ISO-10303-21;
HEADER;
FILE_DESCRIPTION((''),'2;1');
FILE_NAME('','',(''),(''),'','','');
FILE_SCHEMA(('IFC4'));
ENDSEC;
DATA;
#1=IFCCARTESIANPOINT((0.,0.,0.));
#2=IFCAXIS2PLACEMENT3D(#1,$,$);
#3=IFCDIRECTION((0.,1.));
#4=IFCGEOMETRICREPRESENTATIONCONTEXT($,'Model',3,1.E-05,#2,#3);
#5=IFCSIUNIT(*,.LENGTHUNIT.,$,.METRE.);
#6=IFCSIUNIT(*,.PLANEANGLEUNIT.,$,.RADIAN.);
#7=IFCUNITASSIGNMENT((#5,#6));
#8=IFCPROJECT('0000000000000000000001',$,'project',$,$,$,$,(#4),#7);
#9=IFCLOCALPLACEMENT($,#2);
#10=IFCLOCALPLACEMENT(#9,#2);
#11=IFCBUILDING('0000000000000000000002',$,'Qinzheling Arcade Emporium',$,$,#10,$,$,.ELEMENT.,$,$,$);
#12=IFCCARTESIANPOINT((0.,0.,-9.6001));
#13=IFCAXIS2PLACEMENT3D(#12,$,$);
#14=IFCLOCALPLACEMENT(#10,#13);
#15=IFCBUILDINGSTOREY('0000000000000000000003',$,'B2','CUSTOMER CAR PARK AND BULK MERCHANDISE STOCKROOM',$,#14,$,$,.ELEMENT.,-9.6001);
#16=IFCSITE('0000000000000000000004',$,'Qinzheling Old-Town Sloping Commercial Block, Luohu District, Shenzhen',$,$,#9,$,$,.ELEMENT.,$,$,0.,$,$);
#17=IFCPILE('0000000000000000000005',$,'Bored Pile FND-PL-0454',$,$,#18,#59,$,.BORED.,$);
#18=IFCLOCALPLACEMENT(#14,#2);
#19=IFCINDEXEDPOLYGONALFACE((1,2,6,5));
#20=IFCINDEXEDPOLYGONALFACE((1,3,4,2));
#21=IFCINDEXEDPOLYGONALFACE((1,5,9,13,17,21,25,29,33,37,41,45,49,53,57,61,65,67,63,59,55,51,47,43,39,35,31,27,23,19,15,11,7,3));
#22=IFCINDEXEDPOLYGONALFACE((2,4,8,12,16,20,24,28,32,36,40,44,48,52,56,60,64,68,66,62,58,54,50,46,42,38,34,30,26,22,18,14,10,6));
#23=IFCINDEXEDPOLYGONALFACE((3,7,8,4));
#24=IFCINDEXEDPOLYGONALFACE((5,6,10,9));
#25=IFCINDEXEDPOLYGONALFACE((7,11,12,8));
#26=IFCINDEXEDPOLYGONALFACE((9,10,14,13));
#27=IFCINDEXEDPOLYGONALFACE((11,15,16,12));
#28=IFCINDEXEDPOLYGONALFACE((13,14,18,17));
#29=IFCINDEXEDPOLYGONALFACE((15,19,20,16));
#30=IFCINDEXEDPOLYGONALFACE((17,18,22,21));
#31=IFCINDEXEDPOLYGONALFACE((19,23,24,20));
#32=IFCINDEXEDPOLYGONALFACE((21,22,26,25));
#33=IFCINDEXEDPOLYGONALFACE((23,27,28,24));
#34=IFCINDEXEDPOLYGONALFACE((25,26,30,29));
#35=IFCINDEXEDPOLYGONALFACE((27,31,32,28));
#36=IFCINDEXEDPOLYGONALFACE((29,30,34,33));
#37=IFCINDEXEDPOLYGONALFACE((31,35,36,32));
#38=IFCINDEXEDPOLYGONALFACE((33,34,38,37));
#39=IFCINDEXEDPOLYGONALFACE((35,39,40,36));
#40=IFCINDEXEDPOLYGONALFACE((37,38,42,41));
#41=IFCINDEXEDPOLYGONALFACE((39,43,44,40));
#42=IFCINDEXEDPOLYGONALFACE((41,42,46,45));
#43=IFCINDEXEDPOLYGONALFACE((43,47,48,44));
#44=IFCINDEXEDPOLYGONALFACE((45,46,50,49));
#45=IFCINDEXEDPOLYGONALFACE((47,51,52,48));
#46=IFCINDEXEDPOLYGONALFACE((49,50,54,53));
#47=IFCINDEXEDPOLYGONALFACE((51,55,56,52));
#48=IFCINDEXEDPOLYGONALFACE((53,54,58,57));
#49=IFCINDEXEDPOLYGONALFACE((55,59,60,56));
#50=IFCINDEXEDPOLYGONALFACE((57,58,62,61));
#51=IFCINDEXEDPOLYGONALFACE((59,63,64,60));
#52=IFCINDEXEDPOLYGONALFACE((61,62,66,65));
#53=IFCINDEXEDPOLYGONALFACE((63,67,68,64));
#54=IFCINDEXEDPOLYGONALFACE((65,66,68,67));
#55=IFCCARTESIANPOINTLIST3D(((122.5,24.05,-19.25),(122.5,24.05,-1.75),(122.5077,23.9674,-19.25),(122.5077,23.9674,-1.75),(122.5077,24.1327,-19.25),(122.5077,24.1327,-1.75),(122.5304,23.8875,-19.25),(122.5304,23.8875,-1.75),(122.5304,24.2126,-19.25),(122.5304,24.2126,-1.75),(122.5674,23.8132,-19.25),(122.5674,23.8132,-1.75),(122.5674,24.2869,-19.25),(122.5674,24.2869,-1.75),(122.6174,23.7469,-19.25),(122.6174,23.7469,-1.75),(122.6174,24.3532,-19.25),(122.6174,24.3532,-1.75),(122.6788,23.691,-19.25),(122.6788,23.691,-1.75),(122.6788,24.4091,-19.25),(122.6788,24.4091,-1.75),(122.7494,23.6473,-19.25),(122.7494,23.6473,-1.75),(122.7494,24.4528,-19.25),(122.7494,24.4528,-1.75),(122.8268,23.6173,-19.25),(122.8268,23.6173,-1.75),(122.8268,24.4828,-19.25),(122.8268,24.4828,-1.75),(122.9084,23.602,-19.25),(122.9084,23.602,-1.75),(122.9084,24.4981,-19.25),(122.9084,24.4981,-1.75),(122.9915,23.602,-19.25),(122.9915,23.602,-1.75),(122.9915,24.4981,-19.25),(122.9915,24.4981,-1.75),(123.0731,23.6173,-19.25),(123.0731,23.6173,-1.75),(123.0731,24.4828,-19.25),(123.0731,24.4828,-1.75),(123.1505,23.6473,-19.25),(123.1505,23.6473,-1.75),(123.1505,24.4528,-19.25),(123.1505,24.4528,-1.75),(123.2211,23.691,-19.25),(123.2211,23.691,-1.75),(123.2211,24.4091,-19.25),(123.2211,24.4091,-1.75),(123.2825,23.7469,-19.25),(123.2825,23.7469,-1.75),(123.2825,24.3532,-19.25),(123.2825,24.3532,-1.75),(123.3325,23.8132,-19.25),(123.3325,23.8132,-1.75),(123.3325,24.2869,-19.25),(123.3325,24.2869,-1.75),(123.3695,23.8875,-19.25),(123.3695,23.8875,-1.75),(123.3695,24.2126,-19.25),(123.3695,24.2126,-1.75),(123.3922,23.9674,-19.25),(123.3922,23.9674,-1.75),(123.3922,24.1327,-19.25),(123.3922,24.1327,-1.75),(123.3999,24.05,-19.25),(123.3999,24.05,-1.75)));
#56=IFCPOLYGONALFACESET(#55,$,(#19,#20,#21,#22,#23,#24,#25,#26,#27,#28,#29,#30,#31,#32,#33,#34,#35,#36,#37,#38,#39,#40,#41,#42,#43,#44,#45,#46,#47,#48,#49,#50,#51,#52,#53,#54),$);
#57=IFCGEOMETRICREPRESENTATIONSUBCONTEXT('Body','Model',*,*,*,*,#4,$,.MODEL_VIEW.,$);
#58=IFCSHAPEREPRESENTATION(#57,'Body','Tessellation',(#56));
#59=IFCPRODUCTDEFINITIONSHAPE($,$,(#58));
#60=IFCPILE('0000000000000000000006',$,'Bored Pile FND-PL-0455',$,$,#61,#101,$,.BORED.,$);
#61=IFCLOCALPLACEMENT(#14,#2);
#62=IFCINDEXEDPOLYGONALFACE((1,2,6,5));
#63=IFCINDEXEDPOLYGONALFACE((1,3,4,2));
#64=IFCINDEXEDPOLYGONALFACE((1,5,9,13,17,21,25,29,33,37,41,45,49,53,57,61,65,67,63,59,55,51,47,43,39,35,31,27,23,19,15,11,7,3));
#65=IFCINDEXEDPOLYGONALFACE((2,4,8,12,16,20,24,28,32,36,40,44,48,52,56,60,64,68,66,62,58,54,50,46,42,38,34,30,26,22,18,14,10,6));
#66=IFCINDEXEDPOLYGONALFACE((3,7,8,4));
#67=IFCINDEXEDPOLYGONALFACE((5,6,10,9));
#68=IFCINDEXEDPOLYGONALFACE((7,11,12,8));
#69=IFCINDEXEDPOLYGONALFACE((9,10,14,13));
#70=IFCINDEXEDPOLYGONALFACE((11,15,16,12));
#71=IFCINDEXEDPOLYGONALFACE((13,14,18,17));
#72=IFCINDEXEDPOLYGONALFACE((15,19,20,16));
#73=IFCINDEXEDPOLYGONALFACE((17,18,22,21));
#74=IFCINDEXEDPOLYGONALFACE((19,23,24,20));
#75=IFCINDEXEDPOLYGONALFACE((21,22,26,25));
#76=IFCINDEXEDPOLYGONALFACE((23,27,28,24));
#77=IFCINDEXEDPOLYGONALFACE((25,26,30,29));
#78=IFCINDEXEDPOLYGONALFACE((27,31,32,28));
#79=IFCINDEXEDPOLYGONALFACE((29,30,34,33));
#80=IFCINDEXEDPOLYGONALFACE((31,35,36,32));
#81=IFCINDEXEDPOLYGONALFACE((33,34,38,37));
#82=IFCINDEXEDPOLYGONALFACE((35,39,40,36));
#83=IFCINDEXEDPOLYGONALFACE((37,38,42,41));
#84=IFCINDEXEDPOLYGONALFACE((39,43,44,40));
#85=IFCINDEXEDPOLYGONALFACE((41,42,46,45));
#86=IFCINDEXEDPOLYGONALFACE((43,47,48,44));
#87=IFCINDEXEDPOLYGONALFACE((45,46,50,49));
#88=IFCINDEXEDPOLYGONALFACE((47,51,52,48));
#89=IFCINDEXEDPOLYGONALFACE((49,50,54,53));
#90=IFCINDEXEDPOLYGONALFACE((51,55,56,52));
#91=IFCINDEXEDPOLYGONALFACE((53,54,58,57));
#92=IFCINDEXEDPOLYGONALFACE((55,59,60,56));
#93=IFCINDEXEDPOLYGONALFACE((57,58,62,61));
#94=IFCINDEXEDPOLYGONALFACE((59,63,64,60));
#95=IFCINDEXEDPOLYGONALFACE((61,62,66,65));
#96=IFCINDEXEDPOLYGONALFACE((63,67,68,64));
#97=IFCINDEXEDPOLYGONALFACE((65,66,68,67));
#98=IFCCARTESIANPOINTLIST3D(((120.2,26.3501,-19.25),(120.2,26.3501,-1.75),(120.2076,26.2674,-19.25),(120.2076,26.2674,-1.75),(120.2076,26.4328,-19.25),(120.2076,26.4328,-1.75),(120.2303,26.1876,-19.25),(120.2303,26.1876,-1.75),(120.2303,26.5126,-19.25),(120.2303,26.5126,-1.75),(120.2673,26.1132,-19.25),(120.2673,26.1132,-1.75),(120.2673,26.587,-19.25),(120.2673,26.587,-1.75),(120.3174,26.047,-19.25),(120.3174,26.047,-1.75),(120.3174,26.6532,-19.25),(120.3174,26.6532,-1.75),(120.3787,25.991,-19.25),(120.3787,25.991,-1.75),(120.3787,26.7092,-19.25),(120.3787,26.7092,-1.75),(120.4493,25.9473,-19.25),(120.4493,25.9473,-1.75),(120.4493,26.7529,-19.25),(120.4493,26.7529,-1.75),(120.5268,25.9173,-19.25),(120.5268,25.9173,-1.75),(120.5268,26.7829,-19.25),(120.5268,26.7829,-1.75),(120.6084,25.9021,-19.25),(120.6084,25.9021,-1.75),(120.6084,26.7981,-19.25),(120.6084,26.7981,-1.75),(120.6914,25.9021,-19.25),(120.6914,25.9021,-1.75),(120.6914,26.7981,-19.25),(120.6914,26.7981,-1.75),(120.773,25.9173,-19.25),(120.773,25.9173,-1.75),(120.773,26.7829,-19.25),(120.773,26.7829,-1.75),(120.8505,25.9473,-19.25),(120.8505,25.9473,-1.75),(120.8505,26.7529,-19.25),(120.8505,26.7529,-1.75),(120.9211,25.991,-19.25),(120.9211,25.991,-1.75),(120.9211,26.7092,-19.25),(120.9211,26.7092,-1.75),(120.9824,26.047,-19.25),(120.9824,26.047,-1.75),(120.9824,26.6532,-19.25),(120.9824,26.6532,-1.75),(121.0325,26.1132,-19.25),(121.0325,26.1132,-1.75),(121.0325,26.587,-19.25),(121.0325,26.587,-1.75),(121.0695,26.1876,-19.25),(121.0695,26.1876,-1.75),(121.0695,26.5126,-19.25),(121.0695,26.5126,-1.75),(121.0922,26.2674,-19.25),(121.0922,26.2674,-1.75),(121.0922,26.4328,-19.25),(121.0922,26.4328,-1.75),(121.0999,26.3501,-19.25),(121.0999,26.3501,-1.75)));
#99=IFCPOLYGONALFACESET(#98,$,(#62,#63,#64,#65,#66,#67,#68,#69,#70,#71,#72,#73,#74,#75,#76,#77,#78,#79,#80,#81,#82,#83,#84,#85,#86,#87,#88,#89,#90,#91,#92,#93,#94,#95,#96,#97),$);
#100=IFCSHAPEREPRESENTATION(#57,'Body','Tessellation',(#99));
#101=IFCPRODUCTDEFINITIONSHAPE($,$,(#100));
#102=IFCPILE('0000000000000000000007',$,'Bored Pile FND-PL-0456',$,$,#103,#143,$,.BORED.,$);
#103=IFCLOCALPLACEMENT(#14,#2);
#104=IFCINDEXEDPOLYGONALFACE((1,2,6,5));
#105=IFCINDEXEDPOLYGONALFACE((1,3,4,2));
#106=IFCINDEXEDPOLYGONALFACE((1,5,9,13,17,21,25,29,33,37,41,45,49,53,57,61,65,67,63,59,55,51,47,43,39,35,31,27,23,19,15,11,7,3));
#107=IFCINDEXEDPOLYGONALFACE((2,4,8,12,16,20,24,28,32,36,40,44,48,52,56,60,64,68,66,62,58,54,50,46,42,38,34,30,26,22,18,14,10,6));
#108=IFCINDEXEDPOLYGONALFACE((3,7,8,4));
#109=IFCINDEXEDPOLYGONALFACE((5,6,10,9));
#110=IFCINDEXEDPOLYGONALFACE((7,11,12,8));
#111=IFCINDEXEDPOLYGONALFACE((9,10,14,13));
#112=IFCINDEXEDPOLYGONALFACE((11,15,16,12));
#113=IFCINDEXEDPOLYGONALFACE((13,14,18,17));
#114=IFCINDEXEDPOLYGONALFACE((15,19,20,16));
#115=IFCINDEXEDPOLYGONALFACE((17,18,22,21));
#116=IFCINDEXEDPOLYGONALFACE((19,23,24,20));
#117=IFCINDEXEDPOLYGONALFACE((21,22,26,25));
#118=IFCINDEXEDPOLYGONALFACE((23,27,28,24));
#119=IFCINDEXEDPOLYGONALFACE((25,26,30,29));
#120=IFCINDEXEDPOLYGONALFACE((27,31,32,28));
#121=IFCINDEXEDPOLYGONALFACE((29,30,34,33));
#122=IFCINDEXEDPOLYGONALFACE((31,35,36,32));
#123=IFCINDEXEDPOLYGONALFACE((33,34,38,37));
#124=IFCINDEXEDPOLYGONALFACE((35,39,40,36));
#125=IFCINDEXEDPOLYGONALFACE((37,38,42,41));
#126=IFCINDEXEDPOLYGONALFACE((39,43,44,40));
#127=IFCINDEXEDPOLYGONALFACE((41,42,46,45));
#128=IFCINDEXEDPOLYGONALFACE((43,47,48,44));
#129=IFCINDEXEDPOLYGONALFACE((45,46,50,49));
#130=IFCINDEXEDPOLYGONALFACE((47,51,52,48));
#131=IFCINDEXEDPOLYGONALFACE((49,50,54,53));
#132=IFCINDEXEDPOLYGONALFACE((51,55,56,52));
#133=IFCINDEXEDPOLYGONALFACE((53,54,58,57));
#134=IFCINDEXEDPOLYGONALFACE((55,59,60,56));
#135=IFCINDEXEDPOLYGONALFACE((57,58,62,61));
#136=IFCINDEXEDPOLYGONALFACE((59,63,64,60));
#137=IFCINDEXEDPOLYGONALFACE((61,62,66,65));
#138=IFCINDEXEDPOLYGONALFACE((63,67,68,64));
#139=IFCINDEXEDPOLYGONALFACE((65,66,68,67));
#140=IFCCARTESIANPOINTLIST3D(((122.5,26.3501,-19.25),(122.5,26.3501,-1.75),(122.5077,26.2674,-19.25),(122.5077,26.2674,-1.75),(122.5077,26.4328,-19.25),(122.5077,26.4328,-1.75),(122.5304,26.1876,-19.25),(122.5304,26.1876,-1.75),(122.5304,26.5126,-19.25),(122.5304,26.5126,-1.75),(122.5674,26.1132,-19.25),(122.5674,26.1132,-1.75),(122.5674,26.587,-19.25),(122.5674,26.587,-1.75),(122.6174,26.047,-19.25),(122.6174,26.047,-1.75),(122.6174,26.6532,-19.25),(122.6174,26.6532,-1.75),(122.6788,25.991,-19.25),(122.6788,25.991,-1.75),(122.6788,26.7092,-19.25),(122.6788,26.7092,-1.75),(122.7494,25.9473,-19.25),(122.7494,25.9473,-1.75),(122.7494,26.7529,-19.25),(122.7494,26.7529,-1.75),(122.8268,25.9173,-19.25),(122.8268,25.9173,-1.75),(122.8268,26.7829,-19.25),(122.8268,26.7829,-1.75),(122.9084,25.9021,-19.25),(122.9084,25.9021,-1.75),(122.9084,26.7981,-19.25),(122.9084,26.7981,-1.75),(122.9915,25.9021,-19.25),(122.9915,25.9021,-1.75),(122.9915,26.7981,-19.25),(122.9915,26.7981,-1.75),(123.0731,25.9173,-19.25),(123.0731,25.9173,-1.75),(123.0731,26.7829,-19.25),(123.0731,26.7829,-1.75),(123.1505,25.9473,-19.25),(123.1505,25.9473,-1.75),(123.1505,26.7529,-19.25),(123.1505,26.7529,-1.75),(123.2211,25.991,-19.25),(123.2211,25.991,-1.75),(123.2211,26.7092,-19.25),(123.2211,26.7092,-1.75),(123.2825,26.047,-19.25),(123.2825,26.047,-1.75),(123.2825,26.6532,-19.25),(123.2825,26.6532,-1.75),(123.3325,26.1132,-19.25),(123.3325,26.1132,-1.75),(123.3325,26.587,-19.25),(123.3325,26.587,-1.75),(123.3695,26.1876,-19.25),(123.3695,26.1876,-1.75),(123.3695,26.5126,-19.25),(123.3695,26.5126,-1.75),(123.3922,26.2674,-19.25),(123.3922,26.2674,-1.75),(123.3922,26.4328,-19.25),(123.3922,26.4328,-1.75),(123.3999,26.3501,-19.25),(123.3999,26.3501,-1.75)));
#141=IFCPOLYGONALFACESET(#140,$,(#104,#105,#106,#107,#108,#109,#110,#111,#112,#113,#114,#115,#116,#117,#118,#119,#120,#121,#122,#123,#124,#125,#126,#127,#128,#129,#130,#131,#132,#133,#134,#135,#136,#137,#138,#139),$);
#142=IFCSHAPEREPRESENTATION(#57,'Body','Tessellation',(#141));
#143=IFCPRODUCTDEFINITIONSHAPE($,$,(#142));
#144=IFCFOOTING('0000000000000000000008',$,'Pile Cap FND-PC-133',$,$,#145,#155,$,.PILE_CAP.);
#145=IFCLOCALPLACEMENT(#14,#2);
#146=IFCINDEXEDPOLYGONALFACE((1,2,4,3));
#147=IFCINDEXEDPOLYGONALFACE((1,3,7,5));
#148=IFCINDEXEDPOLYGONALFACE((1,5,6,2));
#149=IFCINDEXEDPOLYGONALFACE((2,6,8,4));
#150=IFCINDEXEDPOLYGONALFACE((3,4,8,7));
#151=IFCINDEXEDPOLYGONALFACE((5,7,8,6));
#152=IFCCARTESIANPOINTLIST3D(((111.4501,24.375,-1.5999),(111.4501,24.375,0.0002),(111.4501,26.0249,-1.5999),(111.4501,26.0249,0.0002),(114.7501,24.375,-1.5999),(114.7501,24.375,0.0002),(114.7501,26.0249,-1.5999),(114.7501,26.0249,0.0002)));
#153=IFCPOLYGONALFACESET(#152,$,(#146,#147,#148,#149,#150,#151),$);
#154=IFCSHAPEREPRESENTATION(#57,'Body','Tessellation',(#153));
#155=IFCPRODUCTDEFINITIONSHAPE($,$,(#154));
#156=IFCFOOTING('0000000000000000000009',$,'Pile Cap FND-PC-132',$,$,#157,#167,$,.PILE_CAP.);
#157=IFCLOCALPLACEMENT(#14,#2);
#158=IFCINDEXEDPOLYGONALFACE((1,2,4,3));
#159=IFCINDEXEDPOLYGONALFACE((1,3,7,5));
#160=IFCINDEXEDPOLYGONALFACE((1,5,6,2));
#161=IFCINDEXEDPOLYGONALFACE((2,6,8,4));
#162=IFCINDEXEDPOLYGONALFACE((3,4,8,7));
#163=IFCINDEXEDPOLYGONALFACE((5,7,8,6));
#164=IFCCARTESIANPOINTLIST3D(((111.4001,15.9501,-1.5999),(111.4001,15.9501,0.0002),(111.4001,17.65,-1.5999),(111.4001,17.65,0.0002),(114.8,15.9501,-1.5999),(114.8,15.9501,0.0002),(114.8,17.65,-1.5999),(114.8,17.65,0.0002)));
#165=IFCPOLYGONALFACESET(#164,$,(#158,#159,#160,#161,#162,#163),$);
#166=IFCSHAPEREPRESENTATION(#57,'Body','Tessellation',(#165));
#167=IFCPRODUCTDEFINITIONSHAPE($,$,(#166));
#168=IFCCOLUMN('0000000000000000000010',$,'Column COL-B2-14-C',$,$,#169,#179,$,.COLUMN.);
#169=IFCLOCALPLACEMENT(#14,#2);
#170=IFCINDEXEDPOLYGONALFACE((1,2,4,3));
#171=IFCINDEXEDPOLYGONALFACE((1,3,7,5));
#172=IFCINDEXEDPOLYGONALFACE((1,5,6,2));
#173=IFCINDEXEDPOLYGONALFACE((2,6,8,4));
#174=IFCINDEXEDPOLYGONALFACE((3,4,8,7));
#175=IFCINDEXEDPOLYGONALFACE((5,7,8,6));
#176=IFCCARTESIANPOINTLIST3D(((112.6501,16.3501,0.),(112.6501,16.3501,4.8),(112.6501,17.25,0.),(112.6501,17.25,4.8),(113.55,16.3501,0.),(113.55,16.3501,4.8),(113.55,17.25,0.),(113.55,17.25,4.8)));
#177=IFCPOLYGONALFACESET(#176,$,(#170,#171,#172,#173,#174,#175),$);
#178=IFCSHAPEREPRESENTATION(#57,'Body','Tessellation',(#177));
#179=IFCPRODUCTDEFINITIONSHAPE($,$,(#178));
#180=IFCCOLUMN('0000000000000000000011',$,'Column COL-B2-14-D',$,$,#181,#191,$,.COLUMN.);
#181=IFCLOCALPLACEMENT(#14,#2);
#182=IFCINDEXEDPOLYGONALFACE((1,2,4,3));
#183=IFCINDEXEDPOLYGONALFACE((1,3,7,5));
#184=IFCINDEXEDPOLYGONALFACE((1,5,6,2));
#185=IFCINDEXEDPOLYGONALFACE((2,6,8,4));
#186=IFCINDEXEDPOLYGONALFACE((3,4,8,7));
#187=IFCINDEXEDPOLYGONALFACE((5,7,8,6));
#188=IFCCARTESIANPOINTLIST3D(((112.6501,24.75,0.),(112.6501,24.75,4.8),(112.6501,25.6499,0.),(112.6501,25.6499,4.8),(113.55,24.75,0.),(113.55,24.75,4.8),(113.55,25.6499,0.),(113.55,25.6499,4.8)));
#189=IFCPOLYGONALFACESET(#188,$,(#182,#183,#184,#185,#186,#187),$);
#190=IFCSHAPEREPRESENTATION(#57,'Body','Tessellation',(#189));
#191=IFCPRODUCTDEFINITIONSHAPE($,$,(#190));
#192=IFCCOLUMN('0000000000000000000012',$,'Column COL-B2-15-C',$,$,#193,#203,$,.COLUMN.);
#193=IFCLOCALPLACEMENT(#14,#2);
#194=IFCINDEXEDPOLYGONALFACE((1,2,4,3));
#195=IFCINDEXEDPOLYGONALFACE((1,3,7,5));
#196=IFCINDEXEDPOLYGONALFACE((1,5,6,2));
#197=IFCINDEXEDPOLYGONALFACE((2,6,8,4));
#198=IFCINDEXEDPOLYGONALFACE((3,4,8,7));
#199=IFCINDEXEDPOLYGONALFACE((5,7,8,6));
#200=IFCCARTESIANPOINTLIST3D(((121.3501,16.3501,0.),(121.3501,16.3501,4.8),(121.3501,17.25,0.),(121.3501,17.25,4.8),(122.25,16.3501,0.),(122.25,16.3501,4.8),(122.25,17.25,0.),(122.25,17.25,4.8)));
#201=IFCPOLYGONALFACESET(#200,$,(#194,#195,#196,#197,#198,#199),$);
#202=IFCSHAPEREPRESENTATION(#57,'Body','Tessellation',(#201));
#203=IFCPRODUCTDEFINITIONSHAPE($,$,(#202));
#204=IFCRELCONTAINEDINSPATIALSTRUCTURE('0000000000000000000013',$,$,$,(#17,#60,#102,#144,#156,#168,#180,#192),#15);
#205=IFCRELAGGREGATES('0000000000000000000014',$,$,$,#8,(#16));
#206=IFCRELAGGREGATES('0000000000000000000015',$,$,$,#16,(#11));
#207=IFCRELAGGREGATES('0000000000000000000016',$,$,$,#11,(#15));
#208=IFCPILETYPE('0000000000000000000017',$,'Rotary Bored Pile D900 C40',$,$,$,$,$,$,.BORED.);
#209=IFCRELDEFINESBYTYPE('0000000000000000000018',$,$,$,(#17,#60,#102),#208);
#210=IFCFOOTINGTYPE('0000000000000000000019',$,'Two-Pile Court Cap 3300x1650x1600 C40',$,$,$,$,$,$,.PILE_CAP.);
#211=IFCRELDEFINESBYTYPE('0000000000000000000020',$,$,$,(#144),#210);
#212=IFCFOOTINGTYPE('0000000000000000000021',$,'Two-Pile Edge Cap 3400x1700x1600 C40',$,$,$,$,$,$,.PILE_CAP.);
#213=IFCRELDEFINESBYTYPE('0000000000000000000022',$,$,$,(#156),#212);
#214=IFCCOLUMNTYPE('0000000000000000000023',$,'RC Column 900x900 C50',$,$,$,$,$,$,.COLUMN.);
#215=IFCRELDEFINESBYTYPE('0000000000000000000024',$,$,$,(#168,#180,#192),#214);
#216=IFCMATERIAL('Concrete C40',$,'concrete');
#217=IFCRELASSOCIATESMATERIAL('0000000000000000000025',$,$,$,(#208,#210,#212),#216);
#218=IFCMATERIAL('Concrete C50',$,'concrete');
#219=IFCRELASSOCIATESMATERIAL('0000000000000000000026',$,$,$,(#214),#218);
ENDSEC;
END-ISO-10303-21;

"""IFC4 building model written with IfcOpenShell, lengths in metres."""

from ifc_helpers import new_model, si_unit, direction, frame, origin, origin_2d, place, context, subcontext, project, spatial, rectangle, circle, extrude, material, material_profile, profile_set, type_object, element, save


model = new_model("IFC4")

# Units and contexts
model_context = context("Model", 3, precision=1e-05, world=origin(), true_north=direction((0.0, 1.0)))
body_context = subcontext(model_context, "Body", "Model", "MODEL_VIEW")
ifc_project = project(units=[si_unit("LENGTHUNIT", "METRE"), si_unit("PLANEANGLEUNIT", "RADIAN")], contexts=[model_context])

# Site, building, storey
site_placement = place(None, origin())
site = spatial("IfcSite", under=ifc_project, at=site_placement, Name="Qinzheling Old-Town Sloping Commercial Block, Luohu District, Shenzhen", CompositionType="ELEMENT", RefElevation=0.0)
building_placement = place(site_placement, origin())
building = spatial("IfcBuilding", under=site, at=building_placement, Name="Qinzheling Arcade Emporium", CompositionType="ELEMENT")
storey_placement = place(building_placement, frame((0.0, 0.0, -9.6001)))
storey = spatial("IfcBuildingStorey", under=building, at=storey_placement, Name="B2", Description="CUSTOMER CAR PARK AND BULK MERCHANDISE STOCKROOM", CompositionType="ELEMENT", Elevation=-9.6001)

# Shared definitions
ifc_material_1 = material(Name="Concrete C40", Category="concrete")

# Piles
ifc_material_profile_1 = material_profile(ifc_material_1, circle(Radius=0.45, at=origin_2d()), Name="BORED D900", Category="concrete")
ifc_profile_set_1 = profile_set([ifc_material_profile_1], Name="Concrete C40")
pile_type_1 = type_object("IfcPileType", Name="Rotary Bored Pile D900 C40", PredefinedType="BORED", material=ifc_profile_set_1)
for number, where, z_axis, x_axis, name in (
    (1, (122.95, 24.05, -1.75), (0.0, 0.0, -1.0), (1.0, 0.0, 0.0), "Bored Pile FND-PL-0454"),
    (2, (120.6499, 26.3501, -1.75), (0.0, 0.0, -1.0), (1.0, 0.0, 0.0), "Bored Pile FND-PL-0455"),
    (3, (122.95, 26.3501, -1.75), (0.0, 0.0, -1.0), (1.0, 0.0, 0.0), "Bored Pile FND-PL-0456"),
):
    element("IfcPile", number, at=place(storey_placement, frame(where, z_axis=z_axis, x_axis=x_axis)), inside=storey, type_object=pile_type_1, Name=name, PredefinedType="BORED", context=body_context, shape_type="SweptSolid", body=[
        extrude(circle(Radius=0.45, at=origin_2d()), origin(), (0.0, 0.0, 1.0), 17.5),
    ])

# Footings
footing_type_1 = type_object("IfcFootingType", Name="Two-Pile Court Cap 3300x1650x1600 C40", PredefinedType="PILE_CAP", material=ifc_material_1)
footing_1_placement = place(storey_placement, frame((113.1001, 25.2, -1.5999), z_axis=(0.0, 0.0, 1.0), x_axis=(1.0, 0.0, 0.0)))
element("IfcFooting", 4, at=footing_1_placement, inside=storey, type_object=footing_type_1, Name="Pile Cap FND-PC-133", PredefinedType="PILE_CAP", context=body_context, shape_type="SweptSolid", body=[
    extrude(rectangle(XDim=3.3, YDim=1.6499, at=origin_2d()), origin(), (0.0, 0.0, 1.0), 1.6001),
])
footing_type_2 = type_object("IfcFootingType", Name="Two-Pile Edge Cap 3400x1700x1600 C40", PredefinedType="PILE_CAP", material=ifc_material_1)
footing_2_placement = place(storey_placement, frame((113.1001, 16.8, -1.5999), z_axis=(0.0, 0.0, 1.0), x_axis=(1.0, 0.0, 0.0)))
element("IfcFooting", 5, at=footing_2_placement, inside=storey, type_object=footing_type_2, Name="Pile Cap FND-PC-132", PredefinedType="PILE_CAP", context=body_context, shape_type="SweptSolid", body=[
    extrude(rectangle(XDim=3.3999, YDim=1.7, at=origin_2d()), origin(), (0.0, 0.0, 1.0), 1.6001),
])

# Columns
ifc_material_2 = material(Name="Concrete C50", Category="concrete")
ifc_material_profile_2 = material_profile(ifc_material_2, rectangle(XDim=0.8999, YDim=0.8999, at=origin_2d()), Name="RC 900x900", Category="concrete")
ifc_profile_set_2 = profile_set([ifc_material_profile_2], Name="Concrete C50")
column_type = type_object("IfcColumnType", Name="RC Column 900x900 C50", PredefinedType="COLUMN", material=ifc_profile_set_2)
for number, where, z_axis, x_axis, name in (
    (6, (113.1001, 16.8, 0.0), (0.0, 0.0, 1.0), (1.0, 0.0, 0.0), "Column COL-B2-14-C"),
    (7, (113.1001, 25.2, 0.0), (0.0, 0.0, 1.0), (1.0, 0.0, 0.0), "Column COL-B2-14-D"),
    (8, (121.8, 16.8, 0.0), (0.0, 0.0, 1.0), (1.0, 0.0, 0.0), "Column COL-B2-15-C"),
):
    element("IfcColumn", number, at=place(storey_placement, frame(where, z_axis=z_axis, x_axis=x_axis)), inside=storey, type_object=column_type, Name=name, PredefinedType="COLUMN", context=body_context, shape_type="SweptSolid", body=[
        extrude(rectangle(XDim=0.8999, YDim=0.8999, at=origin_2d()), origin(), (0.0, 0.0, 1.0), 4.8),
    ])

save(model, "model.ifc")
